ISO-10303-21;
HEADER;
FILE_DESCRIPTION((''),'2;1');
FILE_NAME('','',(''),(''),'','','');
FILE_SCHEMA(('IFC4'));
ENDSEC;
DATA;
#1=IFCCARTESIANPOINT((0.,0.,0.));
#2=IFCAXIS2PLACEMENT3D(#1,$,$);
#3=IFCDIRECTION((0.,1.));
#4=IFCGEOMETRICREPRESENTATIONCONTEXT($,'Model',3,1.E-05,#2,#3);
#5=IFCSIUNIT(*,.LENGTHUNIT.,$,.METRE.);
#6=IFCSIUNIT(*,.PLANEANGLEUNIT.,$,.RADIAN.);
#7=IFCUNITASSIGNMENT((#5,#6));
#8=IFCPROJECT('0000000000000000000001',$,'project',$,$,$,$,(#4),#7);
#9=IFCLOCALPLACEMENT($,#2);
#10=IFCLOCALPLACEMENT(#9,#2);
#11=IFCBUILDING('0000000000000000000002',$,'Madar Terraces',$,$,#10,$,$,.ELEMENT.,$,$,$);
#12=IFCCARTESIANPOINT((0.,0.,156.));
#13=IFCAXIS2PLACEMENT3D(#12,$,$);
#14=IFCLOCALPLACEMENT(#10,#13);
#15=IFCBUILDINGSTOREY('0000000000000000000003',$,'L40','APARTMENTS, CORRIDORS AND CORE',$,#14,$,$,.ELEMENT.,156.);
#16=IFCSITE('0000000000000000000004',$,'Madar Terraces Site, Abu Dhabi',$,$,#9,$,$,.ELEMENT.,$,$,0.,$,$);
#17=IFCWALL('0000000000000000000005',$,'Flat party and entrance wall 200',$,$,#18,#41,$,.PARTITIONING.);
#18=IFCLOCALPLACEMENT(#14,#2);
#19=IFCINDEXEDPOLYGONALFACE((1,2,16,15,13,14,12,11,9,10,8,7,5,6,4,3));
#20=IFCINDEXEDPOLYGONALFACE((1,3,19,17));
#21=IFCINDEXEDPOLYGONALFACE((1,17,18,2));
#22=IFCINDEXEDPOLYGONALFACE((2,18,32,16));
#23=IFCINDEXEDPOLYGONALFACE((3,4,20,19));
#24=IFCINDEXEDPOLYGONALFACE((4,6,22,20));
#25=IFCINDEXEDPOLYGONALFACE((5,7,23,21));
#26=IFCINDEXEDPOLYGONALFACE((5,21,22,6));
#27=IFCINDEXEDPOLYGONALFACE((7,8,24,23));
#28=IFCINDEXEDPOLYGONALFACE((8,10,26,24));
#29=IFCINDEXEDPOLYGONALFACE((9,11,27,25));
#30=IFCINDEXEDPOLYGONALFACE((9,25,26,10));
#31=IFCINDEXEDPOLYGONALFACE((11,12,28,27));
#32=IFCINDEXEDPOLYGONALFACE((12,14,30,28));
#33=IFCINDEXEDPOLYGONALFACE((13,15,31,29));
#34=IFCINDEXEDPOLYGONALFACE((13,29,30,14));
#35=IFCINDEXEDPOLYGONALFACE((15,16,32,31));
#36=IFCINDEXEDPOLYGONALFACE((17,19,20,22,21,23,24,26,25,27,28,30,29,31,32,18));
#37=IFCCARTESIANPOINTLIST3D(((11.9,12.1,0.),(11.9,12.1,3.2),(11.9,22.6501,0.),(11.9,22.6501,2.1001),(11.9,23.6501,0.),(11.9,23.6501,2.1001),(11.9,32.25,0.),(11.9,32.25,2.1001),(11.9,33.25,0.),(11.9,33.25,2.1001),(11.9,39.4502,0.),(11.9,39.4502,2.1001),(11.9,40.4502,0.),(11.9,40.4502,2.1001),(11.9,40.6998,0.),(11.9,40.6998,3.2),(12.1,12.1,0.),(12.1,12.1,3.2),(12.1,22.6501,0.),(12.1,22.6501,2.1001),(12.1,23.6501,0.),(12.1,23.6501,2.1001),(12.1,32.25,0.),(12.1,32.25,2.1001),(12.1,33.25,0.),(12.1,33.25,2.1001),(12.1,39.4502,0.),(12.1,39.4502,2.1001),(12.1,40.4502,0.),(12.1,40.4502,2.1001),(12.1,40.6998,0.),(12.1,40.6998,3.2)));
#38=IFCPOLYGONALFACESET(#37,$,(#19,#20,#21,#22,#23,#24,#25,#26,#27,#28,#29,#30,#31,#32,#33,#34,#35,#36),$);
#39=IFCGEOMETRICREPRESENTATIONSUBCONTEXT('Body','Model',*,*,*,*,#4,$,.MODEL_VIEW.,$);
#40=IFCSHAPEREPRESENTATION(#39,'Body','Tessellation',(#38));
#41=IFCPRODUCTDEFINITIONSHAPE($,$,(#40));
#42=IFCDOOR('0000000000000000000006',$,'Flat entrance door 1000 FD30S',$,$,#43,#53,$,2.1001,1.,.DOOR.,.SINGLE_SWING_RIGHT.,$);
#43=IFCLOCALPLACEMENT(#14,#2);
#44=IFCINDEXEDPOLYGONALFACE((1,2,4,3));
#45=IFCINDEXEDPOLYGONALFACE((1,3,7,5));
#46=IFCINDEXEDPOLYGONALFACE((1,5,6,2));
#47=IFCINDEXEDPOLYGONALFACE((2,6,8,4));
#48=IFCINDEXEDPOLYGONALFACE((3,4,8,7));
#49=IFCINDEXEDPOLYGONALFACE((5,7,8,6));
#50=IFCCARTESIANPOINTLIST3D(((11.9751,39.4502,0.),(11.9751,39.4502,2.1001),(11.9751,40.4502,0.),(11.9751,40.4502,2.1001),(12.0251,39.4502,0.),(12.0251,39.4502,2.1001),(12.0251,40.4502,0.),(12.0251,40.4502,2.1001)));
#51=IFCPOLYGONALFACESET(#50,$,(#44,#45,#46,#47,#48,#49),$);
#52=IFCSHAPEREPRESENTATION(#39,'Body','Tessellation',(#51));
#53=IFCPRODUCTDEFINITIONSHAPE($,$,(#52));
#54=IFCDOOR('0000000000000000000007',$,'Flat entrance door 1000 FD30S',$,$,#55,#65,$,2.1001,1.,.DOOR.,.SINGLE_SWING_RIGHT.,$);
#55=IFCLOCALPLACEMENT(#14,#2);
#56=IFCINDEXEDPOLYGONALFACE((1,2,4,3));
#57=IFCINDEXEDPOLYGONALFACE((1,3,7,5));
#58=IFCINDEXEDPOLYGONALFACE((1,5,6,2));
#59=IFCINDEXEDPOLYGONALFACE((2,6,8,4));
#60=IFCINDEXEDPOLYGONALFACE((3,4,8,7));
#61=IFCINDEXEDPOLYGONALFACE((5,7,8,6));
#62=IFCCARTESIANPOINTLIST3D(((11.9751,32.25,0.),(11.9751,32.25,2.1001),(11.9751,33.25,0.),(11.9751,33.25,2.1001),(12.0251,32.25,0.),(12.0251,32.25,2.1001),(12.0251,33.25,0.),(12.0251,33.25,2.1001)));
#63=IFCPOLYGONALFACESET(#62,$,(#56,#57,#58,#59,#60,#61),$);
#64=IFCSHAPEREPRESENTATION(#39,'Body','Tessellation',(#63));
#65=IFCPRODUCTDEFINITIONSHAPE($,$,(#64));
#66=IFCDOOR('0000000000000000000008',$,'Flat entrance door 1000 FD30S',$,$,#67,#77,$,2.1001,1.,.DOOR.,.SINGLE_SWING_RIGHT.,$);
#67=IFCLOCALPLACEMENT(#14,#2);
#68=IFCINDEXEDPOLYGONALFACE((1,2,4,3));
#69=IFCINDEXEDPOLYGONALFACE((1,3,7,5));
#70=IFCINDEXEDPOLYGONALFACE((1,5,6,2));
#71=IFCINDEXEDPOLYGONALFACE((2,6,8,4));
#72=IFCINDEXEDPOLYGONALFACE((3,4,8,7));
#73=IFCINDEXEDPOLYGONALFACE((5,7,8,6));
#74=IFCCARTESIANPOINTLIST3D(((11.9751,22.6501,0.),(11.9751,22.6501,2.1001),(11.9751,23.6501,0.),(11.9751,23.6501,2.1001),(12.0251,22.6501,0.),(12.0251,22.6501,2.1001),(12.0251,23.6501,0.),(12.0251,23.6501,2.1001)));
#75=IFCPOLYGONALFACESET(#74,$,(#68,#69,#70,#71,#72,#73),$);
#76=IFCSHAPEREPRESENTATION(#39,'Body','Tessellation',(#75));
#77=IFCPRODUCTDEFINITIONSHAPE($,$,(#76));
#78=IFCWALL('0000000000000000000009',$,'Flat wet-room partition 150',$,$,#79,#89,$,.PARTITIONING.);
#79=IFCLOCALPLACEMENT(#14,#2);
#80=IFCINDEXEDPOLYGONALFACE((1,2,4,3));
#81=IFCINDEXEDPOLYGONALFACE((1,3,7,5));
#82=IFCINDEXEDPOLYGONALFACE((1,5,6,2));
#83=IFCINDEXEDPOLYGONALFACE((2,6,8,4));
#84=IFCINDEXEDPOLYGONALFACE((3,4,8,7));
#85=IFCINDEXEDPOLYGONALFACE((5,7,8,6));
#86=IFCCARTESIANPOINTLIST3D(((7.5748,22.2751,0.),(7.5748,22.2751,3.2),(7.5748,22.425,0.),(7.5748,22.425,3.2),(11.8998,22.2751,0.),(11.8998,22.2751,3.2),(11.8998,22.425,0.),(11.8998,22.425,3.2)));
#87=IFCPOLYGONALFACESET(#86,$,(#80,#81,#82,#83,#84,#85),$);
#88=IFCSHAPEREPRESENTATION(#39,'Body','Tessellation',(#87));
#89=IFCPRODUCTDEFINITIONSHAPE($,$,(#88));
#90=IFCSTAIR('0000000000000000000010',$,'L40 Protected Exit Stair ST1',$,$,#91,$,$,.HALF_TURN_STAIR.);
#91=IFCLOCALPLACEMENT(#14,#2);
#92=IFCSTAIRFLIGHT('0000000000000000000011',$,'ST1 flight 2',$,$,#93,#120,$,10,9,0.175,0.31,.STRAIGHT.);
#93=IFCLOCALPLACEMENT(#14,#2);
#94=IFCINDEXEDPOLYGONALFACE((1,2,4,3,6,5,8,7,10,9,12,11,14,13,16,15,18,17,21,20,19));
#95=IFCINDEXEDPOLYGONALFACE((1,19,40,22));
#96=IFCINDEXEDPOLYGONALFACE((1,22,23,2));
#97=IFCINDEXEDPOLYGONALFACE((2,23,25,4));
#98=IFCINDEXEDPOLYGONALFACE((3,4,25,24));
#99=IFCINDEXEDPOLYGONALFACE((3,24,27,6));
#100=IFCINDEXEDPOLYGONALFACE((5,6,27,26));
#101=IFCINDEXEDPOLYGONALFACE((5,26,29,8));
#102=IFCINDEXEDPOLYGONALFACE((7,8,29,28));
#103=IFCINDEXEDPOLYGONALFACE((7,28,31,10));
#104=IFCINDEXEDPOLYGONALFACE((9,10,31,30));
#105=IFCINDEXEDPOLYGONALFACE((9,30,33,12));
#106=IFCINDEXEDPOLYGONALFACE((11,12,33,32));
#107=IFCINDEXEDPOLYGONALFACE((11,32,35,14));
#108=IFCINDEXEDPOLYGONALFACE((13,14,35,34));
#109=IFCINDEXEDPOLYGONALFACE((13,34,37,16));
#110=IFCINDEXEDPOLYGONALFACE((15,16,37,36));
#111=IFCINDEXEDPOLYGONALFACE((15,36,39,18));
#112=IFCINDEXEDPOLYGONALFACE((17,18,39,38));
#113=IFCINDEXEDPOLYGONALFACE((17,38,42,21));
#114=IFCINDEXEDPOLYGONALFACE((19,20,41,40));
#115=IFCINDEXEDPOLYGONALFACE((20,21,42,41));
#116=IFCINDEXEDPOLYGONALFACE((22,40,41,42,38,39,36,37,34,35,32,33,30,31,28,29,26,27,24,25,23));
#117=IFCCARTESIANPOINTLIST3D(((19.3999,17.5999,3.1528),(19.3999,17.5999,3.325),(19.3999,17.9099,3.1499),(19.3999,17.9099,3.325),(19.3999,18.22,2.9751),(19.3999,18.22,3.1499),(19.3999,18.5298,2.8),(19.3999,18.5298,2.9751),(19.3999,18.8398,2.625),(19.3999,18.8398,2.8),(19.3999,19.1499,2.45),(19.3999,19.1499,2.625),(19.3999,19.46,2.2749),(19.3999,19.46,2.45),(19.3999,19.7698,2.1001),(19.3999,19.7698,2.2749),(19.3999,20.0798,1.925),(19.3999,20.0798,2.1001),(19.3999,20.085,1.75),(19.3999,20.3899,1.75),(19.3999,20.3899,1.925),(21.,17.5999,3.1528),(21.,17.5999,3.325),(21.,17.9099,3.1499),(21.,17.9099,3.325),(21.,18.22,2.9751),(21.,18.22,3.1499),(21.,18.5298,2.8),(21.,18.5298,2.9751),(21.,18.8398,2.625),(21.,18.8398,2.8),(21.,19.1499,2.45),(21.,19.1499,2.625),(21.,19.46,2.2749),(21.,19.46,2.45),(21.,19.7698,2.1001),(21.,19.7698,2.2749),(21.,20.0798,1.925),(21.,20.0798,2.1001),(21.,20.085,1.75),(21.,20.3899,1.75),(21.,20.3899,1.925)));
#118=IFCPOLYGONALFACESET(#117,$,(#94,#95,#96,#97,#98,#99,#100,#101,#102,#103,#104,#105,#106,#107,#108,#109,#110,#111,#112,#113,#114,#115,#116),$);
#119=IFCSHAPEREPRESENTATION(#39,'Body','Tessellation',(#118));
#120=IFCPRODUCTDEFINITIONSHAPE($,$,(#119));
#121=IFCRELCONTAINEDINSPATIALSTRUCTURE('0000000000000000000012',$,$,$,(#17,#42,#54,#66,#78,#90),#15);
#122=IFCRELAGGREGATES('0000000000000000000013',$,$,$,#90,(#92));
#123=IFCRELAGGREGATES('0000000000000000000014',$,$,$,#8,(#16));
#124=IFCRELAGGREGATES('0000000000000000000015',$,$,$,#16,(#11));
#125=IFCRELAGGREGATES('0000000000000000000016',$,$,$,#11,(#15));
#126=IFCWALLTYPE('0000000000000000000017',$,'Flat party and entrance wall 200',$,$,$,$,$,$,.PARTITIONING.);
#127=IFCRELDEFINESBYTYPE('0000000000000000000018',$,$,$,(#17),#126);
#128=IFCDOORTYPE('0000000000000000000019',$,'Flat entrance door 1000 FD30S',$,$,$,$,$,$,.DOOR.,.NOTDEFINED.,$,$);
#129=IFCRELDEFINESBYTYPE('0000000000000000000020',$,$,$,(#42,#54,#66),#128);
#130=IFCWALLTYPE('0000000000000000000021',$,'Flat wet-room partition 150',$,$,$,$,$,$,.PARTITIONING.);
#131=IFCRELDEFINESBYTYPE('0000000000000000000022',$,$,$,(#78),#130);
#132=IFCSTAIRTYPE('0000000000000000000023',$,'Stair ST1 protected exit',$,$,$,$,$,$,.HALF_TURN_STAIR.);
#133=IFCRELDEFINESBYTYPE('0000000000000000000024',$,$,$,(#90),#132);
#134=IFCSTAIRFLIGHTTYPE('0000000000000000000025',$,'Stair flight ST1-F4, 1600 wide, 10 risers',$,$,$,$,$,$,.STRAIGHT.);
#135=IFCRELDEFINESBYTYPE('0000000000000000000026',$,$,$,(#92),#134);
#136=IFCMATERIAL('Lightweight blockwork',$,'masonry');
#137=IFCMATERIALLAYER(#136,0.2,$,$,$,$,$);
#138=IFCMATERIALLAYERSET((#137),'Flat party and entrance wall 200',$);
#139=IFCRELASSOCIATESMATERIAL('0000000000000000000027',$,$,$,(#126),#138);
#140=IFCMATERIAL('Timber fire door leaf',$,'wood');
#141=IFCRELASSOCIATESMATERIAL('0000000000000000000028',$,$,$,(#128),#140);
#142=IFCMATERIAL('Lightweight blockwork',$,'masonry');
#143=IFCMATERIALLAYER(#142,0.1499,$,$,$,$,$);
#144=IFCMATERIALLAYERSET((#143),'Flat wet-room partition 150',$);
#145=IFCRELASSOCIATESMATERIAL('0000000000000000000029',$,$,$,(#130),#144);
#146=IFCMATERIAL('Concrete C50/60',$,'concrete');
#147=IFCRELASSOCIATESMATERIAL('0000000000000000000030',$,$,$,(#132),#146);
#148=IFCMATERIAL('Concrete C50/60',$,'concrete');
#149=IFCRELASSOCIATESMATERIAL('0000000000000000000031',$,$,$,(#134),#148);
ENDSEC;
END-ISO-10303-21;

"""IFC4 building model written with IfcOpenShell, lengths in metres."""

from ifc_helpers import new_model, si_unit, direction, frame, frame_2d, origin, place, context, subcontext, project, spatial, polyline, rectangle, outline, extrude, material, layer, layer_set, type_object, element, fill, aggregate, save


model = new_model("IFC4")

# Units and contexts
model_context = context("Model", 3, precision=1e-05, world=origin(), true_north=direction((0.0, 1.0)))
body_context = subcontext(model_context, "Body", "Model", "MODEL_VIEW")
ifc_project = project(units=[si_unit("LENGTHUNIT", "METRE"), si_unit("PLANEANGLEUNIT", "RADIAN")], contexts=[model_context])

# Site, building, storey
site_placement = place(None, origin())
site = spatial("IfcSite", under=ifc_project, at=site_placement, Name="Madar Terraces Site, Abu Dhabi", CompositionType="ELEMENT", RefElevation=0.0)
building_placement = place(site_placement, origin())
building = spatial("IfcBuilding", under=site, at=building_placement, Name="Madar Terraces", CompositionType="ELEMENT")
storey_placement = place(building_placement, frame((0.0, 0.0, 156.0)))
storey = spatial("IfcBuildingStorey", under=building, at=storey_placement, Name="L40", Description="APARTMENTS, CORRIDORS AND CORE", CompositionType="ELEMENT", Elevation=156.0)

# Wall, openings, doors
ifc_material_1 = material(Name="Lightweight blockwork", Category="masonry")
ifc_layer_1 = layer(ifc_material_1, 0.2)
ifc_layer_set_1 = layer_set([ifc_layer_1], Name="Flat party and entrance wall 200")
wall_type_1 = type_object("IfcWallType", Name="Flat party and entrance wall 200", PredefinedType="PARTITIONING", material=ifc_layer_set_1)
wall_1_placement = place(storey_placement, frame((12.0, 12.1001, 0.0), z_axis=(0.0, 0.0, 1.0), x_axis=(0.0, 1.0, 0.0)))
wall_1 = element("IfcWall", 1, at=wall_1_placement, inside=storey, type_object=wall_type_1, Name="Flat party and entrance wall 200", PredefinedType="PARTITIONING", context=body_context, shape_type="SweptSolid", body=[
    extrude(rectangle(XDim=28.5999, YDim=0.2, at=frame_2d((14.2998, 0.0))), origin(), (0.0, 0.0, 1.0), 3.2),
])
opening_1_placement = place(wall_1_placement, frame((27.3501, 0.0, 0.0)))
opening_1 = element("IfcOpeningElement", 2, at=opening_1_placement, cuts=wall_1, PredefinedType="OPENING", context=body_context, shape_type="SweptSolid", body=[
    extrude(rectangle(XDim=1.0, YDim=2.1001, at=frame_2d((0.5, 1.05))), frame((0.0, 0.1099, 0.0), z_axis=(0.0, -1.0, 0.0), x_axis=(1.0, 0.0, 0.0)), (0.0, 0.0, 1.0), 0.22),
])
opening_2_placement = place(wall_1_placement, frame((20.1499, 0.0, 0.0)))
opening_2 = element("IfcOpeningElement", 3, at=opening_2_placement, cuts=wall_1, PredefinedType="OPENING", context=body_context, shape_type="SweptSolid", body=[
    extrude(rectangle(XDim=1.0, YDim=2.1001, at=frame_2d((0.5, 1.05))), frame((0.0, 0.1099, 0.0), z_axis=(0.0, -1.0, 0.0), x_axis=(1.0, 0.0, 0.0)), (0.0, 0.0, 1.0), 0.22),
])
opening_3_placement = place(wall_1_placement, frame((10.55, 0.0, 0.0)))
opening_3 = element("IfcOpeningElement", 4, at=opening_3_placement, cuts=wall_1, PredefinedType="OPENING", context=body_context, shape_type="SweptSolid", body=[
    extrude(rectangle(XDim=1.0, YDim=2.1001, at=frame_2d((0.5, 1.05))), frame((0.0, 0.1099, 0.0), z_axis=(0.0, -1.0, 0.0), x_axis=(1.0, 0.0, 0.0)), (0.0, 0.0, 1.0), 0.22),
])
ifc_material_2 = material(Name="Timber fire door leaf", Category="wood")
door_type_1 = type_object("IfcDoorType", Name="Flat entrance door 1000 FD30S", OperationType="NOTDEFINED", PredefinedType="DOOR", material=ifc_material_2)
door_1_placement = place(opening_1_placement, origin())
door_1 = element("IfcDoor", 5, at=door_1_placement, inside=storey, type_object=door_type_1, Name="Flat entrance door 1000 FD30S", OperationType="SINGLE_SWING_RIGHT", OverallHeight=2.1001, OverallWidth=1.0, PredefinedType="DOOR", context=body_context, shape_type="SweptSolid", body=[
    extrude(rectangle(XDim=1.0, YDim=2.1001, at=frame_2d((0.5, 1.05))), frame((0.0, 0.0249, 0.0), z_axis=(0.0, -1.0, 0.0), x_axis=(1.0, 0.0, 0.0)), (0.0, 0.0, 1.0), 0.05),
])
fill(opening_1, door_1)
door_2_placement = place(opening_2_placement, origin())
door_2 = element("IfcDoor", 6, at=door_2_placement, inside=storey, type_object=door_type_1, Name="Flat entrance door 1000 FD30S", OperationType="SINGLE_SWING_RIGHT", OverallHeight=2.1001, OverallWidth=1.0, PredefinedType="DOOR", context=body_context, shape_type="SweptSolid", body=[
    extrude(rectangle(XDim=1.0, YDim=2.1001, at=frame_2d((0.5, 1.05))), frame((0.0, 0.0249, 0.0), z_axis=(0.0, -1.0, 0.0), x_axis=(1.0, 0.0, 0.0)), (0.0, 0.0, 1.0), 0.05),
])
fill(opening_2, door_2)
door_3_placement = place(opening_3_placement, origin())
door_3 = element("IfcDoor", 7, at=door_3_placement, inside=storey, type_object=door_type_1, Name="Flat entrance door 1000 FD30S", OperationType="SINGLE_SWING_RIGHT", OverallHeight=2.1001, OverallWidth=1.0, PredefinedType="DOOR", context=body_context, shape_type="SweptSolid", body=[
    extrude(rectangle(XDim=1.0, YDim=2.1001, at=frame_2d((0.5, 1.05))), frame((0.0, 0.0249, 0.0), z_axis=(0.0, -1.0, 0.0), x_axis=(1.0, 0.0, 0.0)), (0.0, 0.0, 1.0), 0.05),
])
fill(opening_3, door_3)

# Wall
ifc_material_3 = material(Name="Lightweight blockwork", Category="masonry")
ifc_layer_2 = layer(ifc_material_3, 0.1499)
ifc_layer_set_2 = layer_set([ifc_layer_2], Name="Flat wet-room partition 150")
wall_type_2 = type_object("IfcWallType", Name="Flat wet-room partition 150", PredefinedType="PARTITIONING", material=ifc_layer_set_2)
wall_2_placement = place(storey_placement, frame((11.8999, 22.3501, 0.0), z_axis=(0.0, 0.0, 1.0), x_axis=(-1.0, 0.0, 0.0)))
element("IfcWall", 8, at=wall_2_placement, inside=storey, type_object=wall_type_2, Name="Flat wet-room partition 150", PredefinedType="PARTITIONING", context=body_context, shape_type="SweptSolid", body=[
    extrude(rectangle(XDim=4.325, YDim=0.1499, at=frame_2d((2.1626, 0.0))), origin(), (0.0, 0.0, 1.0), 3.2),
])

# Stair, stair flight
ifc_material_4 = material(Name="Concrete C50/60", Category="concrete")
stair_type = type_object("IfcStairType", Name="Stair ST1 protected exit", PredefinedType="HALF_TURN_STAIR", material=ifc_material_4)
stair_placement = place(storey_placement, origin())
stair = element("IfcStair", 9, at=stair_placement, inside=storey, type_object=stair_type, Name="L40 Protected Exit Stair ST1", PredefinedType="HALF_TURN_STAIR")
ifc_material_5 = material(Name="Concrete C50/60", Category="concrete")
stair_flight_type = type_object("IfcStairFlightType", Name="Stair flight ST1-F4, 1600 wide, 10 risers", PredefinedType="STRAIGHT", material=ifc_material_5)
stair_flight_placement = place(storey_placement, frame((20.2, 20.3899, 1.75), z_axis=(0.0, 0.0, 1.0), x_axis=(0.0, -1.0, 0.0)))
stair_flight = element("IfcStairFlight", 10, at=stair_flight_placement, type_object=stair_flight_type, Name="ST1 flight 2", NumberOfRisers=10, NumberOfTreads=9, PredefinedType="STRAIGHT", RiserHeight=0.175, TreadLength=0.31, context=body_context, shape_type="SweptSolid", body=[
    extrude(outline(polyline([(0.0, 0.0), (0.0, 0.175), (0.3101, 0.175), (0.3101, 0.3501), (0.6201, 0.3501), (0.6201, 0.5249), (0.9299, 0.5249), (0.9299, 0.7), (1.24, 0.7), (1.24, 0.875), (1.55, 0.875), (1.55, 1.05), (1.8601, 1.05), (1.8601, 1.2251), (2.1699, 1.2251), (2.1699, 1.3999), (2.48, 1.3999), (2.48, 1.575), (2.79, 1.575), (2.79, 1.75), (2.79, 1.4028), (0.3049, 0.0), (0.0, 0.0)])), frame((0.0, 0.8, 0.0), z_axis=(0.0, -1.0, 0.0), x_axis=(1.0, 0.0, 0.0)), (0.0, 0.0, 1.0), 1.6001),
])
aggregate(stair, [stair_flight])

save(model, "model.ifc")
